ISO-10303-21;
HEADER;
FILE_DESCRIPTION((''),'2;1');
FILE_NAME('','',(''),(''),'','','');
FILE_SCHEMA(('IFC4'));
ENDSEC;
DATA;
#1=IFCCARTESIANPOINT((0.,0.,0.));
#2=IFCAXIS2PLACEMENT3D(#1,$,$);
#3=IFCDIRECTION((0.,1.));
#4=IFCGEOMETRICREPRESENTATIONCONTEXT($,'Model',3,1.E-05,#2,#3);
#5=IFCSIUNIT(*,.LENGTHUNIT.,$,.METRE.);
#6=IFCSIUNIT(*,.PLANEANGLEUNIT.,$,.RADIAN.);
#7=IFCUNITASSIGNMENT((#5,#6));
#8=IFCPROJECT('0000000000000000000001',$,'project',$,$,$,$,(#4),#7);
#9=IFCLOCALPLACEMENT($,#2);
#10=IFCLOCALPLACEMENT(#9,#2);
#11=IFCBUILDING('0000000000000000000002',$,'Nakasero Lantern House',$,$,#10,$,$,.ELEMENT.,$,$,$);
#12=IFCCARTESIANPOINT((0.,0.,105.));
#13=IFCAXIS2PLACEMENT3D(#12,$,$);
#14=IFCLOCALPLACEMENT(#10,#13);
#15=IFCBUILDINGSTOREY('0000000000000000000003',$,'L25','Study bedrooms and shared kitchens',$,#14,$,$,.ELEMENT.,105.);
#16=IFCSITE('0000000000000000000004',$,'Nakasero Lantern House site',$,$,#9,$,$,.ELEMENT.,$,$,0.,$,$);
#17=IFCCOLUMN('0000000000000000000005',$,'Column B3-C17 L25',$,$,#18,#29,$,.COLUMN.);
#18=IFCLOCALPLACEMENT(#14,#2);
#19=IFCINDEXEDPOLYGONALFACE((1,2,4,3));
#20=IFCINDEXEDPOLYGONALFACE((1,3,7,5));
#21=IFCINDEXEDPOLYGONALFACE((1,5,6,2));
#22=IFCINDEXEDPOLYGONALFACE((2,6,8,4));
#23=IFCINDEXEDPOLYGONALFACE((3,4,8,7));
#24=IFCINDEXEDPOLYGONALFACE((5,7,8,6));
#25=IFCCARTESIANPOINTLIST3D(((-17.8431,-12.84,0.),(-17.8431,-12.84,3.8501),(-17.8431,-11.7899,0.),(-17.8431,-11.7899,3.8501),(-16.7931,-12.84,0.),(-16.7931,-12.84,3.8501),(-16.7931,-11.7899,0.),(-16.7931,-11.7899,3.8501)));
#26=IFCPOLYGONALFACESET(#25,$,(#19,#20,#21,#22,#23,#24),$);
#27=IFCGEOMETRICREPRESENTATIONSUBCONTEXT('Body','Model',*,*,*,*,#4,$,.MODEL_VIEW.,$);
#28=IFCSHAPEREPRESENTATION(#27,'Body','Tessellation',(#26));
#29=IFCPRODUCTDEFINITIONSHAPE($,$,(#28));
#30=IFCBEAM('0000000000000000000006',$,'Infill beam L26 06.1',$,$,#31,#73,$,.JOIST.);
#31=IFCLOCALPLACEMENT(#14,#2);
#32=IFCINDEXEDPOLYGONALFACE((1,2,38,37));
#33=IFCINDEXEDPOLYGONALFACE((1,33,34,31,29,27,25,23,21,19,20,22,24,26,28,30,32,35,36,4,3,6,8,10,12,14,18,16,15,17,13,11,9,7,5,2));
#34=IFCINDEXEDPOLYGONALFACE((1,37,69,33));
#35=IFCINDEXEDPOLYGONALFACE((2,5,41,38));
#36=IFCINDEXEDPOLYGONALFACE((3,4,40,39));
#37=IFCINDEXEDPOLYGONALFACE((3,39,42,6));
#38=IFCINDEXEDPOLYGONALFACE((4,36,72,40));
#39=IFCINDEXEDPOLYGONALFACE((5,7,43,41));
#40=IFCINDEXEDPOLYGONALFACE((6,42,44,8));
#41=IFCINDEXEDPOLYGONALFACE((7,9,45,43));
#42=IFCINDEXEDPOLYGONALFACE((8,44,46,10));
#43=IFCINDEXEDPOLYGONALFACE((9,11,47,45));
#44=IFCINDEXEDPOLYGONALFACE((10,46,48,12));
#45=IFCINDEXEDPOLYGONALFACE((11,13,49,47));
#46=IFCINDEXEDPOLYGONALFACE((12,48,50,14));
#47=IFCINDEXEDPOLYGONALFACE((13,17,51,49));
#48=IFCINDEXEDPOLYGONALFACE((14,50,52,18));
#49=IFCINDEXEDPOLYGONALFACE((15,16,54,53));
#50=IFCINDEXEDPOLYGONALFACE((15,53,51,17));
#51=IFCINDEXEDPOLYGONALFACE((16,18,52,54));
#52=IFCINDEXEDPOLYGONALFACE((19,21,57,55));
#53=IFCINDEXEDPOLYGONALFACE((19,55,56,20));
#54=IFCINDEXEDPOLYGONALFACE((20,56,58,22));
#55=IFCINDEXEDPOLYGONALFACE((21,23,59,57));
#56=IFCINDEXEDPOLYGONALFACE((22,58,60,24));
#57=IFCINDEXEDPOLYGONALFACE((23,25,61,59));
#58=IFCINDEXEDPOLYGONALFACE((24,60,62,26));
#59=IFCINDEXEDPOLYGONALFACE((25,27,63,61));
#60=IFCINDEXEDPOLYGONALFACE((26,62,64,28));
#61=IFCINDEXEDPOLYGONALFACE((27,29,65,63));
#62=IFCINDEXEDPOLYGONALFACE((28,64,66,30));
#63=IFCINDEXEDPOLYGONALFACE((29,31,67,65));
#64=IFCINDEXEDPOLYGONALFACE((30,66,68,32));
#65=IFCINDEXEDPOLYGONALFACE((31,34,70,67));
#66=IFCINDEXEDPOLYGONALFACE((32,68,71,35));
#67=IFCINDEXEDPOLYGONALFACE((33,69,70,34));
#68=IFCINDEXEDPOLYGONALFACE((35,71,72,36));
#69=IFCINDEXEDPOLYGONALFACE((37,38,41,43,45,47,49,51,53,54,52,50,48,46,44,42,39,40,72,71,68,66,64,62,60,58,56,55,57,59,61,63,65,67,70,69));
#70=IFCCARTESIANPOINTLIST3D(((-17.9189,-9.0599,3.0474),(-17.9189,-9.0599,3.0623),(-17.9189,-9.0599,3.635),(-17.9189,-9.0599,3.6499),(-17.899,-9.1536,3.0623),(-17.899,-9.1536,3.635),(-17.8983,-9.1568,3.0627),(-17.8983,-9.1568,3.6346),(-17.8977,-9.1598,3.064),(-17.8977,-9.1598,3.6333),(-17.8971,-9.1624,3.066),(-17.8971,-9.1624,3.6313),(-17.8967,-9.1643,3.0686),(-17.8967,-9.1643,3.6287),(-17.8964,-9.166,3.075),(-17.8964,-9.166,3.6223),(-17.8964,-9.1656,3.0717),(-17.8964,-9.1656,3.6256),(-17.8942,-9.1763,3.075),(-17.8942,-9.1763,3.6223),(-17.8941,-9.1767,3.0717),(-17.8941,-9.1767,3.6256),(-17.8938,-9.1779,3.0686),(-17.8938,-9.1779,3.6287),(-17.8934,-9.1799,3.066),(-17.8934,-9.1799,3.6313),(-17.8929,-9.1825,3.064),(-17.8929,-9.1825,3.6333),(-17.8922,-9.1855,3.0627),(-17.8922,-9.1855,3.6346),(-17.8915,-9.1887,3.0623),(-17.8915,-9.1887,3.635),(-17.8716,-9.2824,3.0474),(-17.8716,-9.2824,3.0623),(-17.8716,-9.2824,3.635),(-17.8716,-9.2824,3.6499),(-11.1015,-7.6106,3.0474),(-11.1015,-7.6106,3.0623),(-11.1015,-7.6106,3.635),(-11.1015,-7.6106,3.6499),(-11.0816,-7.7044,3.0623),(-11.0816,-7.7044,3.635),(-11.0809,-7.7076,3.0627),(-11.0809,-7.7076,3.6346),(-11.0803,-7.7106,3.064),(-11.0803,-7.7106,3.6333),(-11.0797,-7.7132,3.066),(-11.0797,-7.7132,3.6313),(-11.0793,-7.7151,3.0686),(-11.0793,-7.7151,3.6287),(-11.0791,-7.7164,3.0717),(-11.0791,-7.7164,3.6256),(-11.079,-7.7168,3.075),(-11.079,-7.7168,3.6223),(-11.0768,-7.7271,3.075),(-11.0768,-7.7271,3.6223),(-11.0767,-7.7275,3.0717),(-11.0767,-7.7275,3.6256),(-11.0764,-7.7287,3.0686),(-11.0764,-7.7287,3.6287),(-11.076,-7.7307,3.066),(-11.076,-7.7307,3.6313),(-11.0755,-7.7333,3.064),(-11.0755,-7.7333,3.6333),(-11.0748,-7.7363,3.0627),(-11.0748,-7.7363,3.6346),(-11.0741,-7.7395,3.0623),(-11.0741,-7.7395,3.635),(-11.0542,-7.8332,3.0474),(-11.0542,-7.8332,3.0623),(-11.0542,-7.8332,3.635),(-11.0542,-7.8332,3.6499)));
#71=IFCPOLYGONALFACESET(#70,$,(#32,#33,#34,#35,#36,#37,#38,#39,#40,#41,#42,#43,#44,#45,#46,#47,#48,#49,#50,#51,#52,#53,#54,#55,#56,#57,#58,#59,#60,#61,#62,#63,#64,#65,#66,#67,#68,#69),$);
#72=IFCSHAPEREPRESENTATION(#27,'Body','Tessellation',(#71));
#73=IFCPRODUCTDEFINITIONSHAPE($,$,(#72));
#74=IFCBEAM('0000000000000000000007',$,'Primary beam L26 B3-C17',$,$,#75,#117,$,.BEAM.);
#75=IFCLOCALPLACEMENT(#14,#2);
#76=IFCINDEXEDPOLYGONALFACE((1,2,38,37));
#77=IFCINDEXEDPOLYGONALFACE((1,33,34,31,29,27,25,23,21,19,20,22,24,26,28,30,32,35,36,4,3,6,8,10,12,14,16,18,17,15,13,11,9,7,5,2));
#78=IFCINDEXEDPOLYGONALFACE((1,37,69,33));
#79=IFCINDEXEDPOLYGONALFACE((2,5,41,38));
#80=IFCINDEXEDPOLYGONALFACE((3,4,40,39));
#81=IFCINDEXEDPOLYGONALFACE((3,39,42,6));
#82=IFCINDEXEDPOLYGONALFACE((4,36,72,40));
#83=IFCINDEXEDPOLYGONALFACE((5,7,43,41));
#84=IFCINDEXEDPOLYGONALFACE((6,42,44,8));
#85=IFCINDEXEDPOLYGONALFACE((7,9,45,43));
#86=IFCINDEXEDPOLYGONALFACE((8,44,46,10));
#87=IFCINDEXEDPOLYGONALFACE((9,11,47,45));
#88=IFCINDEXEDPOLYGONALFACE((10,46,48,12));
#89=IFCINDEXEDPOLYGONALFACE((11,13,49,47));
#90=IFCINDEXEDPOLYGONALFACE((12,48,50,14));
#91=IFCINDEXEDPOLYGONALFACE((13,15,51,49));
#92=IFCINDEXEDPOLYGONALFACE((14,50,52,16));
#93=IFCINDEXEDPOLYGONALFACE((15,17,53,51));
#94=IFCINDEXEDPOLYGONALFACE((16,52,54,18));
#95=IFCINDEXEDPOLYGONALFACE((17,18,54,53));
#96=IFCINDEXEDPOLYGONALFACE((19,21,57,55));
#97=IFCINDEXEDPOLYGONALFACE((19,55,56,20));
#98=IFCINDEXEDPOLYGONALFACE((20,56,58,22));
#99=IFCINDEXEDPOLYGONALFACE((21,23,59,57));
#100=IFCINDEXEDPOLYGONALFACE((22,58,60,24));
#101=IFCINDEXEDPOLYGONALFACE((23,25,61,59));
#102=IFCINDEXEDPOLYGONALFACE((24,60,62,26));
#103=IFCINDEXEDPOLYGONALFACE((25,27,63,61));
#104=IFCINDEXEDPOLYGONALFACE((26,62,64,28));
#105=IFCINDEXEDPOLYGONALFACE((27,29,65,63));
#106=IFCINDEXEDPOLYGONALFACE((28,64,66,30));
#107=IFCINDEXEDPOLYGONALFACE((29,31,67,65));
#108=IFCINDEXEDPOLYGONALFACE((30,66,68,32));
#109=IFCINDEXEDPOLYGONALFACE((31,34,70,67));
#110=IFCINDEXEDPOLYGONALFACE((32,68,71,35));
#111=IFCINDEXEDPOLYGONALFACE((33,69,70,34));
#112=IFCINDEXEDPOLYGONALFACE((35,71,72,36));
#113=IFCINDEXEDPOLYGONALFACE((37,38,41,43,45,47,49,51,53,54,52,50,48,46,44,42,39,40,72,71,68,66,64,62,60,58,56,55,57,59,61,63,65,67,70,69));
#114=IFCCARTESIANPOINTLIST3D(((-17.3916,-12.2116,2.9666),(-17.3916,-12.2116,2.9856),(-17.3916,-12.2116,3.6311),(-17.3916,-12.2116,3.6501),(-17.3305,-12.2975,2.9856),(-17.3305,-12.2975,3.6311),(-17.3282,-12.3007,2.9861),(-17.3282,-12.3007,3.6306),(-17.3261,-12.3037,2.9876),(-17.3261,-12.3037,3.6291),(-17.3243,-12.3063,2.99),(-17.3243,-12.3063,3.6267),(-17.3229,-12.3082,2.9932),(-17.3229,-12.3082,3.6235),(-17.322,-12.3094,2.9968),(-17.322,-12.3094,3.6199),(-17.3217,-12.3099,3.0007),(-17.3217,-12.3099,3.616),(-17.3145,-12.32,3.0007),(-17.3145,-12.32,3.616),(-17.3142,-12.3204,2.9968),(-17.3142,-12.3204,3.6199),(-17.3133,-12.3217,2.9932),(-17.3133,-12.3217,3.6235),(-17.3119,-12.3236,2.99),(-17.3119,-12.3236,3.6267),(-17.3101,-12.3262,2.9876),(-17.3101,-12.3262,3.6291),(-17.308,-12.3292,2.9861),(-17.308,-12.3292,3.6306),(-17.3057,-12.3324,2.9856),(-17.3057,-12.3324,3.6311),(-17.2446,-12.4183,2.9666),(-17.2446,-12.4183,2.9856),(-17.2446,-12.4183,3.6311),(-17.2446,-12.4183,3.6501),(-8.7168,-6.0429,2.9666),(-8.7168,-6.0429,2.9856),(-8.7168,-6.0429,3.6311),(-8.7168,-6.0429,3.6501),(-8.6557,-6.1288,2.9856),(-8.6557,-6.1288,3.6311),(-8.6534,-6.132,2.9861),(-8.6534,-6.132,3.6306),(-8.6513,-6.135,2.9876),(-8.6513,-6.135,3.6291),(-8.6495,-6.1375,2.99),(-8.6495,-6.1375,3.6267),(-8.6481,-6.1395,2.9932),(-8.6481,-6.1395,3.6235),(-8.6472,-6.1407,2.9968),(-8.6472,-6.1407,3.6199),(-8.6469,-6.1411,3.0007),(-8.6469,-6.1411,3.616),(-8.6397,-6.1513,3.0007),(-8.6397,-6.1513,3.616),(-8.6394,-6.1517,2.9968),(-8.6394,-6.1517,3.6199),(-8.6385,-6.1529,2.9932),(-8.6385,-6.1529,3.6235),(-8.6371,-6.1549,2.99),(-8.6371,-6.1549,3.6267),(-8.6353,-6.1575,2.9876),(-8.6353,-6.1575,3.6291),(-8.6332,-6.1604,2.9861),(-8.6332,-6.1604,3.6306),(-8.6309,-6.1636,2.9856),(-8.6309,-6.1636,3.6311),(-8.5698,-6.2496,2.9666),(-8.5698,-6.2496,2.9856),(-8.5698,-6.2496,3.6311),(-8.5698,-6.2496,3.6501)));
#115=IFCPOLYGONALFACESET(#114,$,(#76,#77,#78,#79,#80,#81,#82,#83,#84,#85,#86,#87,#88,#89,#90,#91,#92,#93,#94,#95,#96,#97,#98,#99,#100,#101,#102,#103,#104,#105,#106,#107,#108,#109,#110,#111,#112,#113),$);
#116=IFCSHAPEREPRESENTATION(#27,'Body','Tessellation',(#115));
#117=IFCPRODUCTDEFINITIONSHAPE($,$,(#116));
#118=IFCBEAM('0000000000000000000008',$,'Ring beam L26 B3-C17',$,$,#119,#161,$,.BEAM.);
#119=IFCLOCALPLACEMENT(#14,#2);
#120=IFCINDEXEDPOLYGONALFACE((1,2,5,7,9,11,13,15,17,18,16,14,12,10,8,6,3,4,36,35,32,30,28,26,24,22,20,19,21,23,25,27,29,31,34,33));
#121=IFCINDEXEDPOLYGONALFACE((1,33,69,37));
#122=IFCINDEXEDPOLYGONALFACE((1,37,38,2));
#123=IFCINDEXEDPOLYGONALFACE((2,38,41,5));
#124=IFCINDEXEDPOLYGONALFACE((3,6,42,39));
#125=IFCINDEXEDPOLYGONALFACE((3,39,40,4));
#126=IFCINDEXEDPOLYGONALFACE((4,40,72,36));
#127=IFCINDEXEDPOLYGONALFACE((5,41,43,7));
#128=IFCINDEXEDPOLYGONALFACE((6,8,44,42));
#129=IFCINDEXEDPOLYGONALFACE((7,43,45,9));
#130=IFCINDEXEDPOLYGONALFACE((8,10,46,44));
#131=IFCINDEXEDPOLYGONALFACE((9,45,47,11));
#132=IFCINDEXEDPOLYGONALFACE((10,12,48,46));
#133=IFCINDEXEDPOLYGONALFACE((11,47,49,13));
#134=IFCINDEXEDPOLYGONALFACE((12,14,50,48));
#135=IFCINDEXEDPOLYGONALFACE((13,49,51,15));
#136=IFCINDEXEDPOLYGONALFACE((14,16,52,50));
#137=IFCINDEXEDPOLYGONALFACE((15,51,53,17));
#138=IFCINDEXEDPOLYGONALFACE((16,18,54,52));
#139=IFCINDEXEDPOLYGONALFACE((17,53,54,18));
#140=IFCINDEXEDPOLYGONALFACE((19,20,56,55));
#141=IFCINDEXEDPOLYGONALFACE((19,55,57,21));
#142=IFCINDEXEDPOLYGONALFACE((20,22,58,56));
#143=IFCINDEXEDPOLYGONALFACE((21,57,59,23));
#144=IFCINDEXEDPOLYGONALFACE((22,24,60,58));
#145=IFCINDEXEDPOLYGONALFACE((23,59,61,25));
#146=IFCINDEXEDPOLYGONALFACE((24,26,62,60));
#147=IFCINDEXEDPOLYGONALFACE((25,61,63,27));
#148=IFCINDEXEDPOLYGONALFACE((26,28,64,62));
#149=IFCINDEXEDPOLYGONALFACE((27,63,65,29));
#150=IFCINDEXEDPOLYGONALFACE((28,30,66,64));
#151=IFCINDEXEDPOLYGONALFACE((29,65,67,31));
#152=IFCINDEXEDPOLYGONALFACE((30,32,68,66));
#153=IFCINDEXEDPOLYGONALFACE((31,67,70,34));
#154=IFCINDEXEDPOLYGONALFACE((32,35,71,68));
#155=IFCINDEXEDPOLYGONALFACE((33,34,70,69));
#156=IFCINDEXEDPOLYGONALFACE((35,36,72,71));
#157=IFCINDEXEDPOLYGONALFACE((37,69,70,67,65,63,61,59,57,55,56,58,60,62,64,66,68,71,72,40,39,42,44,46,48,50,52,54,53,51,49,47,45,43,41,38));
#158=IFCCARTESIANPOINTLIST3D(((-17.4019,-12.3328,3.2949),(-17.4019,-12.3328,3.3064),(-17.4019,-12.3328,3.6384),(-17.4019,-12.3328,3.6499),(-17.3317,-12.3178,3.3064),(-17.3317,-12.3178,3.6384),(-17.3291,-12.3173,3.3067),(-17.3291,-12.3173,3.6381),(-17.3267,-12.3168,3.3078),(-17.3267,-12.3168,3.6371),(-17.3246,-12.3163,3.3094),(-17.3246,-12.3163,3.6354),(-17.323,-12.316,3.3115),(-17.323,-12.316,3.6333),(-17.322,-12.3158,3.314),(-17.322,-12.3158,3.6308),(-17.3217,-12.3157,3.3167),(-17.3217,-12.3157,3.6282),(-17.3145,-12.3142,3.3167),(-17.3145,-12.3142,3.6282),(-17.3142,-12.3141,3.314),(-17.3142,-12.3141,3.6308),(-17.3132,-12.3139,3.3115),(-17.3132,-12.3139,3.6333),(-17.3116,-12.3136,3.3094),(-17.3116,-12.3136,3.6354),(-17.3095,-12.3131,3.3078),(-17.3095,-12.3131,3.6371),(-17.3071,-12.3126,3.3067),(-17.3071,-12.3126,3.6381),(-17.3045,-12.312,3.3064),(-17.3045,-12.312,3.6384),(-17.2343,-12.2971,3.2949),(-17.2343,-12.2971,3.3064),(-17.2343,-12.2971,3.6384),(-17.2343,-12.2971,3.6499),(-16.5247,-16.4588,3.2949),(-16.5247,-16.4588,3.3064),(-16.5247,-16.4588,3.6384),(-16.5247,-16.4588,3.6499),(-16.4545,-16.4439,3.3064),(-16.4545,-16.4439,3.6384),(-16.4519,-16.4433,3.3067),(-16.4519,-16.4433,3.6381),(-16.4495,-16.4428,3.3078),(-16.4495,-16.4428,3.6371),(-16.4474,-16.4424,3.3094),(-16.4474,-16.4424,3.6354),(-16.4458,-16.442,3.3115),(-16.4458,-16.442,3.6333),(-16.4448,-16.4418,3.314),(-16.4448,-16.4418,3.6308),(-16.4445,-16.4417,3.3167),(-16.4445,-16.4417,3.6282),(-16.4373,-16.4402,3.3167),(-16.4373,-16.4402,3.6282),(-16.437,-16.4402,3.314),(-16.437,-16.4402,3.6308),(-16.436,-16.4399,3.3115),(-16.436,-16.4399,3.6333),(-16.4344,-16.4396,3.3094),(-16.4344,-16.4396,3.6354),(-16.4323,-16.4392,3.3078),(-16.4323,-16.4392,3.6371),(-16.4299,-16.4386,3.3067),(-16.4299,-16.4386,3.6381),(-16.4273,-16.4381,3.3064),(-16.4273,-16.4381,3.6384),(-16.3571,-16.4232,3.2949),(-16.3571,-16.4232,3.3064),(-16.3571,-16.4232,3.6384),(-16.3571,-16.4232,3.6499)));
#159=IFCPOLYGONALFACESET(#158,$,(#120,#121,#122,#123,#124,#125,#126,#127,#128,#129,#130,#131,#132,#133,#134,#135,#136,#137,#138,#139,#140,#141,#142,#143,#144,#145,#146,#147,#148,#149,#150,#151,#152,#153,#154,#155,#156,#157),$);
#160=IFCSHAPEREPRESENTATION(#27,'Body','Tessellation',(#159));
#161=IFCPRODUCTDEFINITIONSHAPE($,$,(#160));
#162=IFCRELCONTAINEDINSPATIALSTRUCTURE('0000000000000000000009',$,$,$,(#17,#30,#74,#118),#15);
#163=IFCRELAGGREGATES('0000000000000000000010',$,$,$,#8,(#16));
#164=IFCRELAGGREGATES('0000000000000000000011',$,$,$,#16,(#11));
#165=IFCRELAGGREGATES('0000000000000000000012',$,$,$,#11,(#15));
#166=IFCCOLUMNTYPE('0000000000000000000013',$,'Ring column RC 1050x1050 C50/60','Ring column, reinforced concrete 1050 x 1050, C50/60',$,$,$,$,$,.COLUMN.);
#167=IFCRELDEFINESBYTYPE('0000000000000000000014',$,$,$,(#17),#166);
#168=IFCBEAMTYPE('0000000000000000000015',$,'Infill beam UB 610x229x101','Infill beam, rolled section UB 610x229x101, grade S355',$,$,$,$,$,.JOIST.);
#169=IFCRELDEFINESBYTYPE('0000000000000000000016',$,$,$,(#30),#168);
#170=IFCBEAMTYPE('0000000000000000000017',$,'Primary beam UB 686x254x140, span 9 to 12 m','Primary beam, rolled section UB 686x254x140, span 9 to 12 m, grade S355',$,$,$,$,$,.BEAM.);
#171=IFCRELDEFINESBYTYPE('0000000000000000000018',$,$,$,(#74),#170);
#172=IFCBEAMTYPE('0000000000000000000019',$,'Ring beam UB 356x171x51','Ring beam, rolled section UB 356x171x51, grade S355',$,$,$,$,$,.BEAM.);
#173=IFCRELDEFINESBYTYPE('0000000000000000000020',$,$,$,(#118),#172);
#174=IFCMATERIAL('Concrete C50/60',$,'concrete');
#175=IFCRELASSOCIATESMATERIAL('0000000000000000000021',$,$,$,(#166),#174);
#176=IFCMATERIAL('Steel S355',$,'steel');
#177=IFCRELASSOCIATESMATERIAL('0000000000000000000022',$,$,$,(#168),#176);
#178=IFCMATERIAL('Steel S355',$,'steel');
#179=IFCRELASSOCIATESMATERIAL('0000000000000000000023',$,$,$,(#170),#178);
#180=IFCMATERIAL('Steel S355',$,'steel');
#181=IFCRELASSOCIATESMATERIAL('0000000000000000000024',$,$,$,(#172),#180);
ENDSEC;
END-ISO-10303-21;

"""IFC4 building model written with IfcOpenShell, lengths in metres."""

from ifc_helpers import new_model, si_unit, direction, frame, origin, origin_2d, place, context, subcontext, project, spatial, rectangle, i_section, extrude, material, material_profile, profile_set, type_object, element, save


model = new_model("IFC4")

# Units and contexts
model_context = context("Model", 3, precision=1e-05, world=origin(), true_north=direction((0.0, 1.0)))
body_context = subcontext(model_context, "Body", "Model", "MODEL_VIEW")
ifc_project = project(units=[si_unit("LENGTHUNIT", "METRE"), si_unit("PLANEANGLEUNIT", "RADIAN")], contexts=[model_context])

# Site, building, storey
site_placement = place(None, origin())
site = spatial("IfcSite", under=ifc_project, at=site_placement, Name="Nakasero Lantern House site", CompositionType="ELEMENT", RefElevation=0.0)
building_placement = place(site_placement, origin())
building = spatial("IfcBuilding", under=site, at=building_placement, Name="Nakasero Lantern House", CompositionType="ELEMENT")
storey_placement = place(building_placement, frame((0.0, 0.0, 105.0)))
storey = spatial("IfcBuildingStorey", under=building, at=storey_placement, Name="L25", Description="Study bedrooms and shared kitchens", CompositionType="ELEMENT", Elevation=105.0)

# Column
ifc_material_1 = material(Name="Concrete C50/60", Category="concrete")
ifc_material_profile_1 = material_profile(ifc_material_1, rectangle(XDim=1.05, YDim=1.05, at=origin_2d()), Name="RC 1050x1050")
ifc_profile_set_1 = profile_set([ifc_material_profile_1], Name="Concrete C50/60")
column_type = type_object("IfcColumnType", Name="Ring column RC 1050x1050 C50/60", Description="Ring column, reinforced concrete 1050 x 1050, C50/60", PredefinedType="COLUMN", material=ifc_profile_set_1)
column_placement = place(storey_placement, frame((-17.3181, -12.3149, 0.0), z_axis=(0.0, 0.0, 1.0), x_axis=(1.0, 0.0, 0.0)))
element("IfcColumn", 1, at=column_placement, inside=storey, type_object=column_type, Name="Column B3-C17 L25", PredefinedType="COLUMN", context=body_context, shape_type="SweptSolid", body=[
    extrude(rectangle(XDim=1.05, YDim=1.05, at=origin_2d()), origin(), (0.0, 0.0, 1.0), 3.8501),
])

# Beams
ifc_material_2 = material(Name="Steel S355", Category="steel")
ifc_material_profile_2 = material_profile(ifc_material_2, i_section(OverallWidth=0.2275, OverallDepth=0.6025, WebThickness=0.0105, FlangeThickness=0.0149, FilletRadius=0.0127, at=origin_2d()), Name="UB 610x229x101")
ifc_profile_set_2 = profile_set([ifc_material_profile_2], Name="Steel S355")
beam_type_1 = type_object("IfcBeamType", Name="Infill beam UB 610x229x101", Description="Infill beam, rolled section UB 610x229x101, grade S355", PredefinedType="JOIST", material=ifc_profile_set_2)
beam_1_placement = place(storey_placement, frame((-17.8953, -9.1711, 3.3486), z_axis=(0.978144, 0.207931, 0.0), x_axis=(-0.207931, 0.978144, 0.0)))
element("IfcBeam", 2, at=beam_1_placement, inside=storey, type_object=beam_type_1, Name="Infill beam L26 06.1", PredefinedType="JOIST", context=body_context, shape_type="SweptSolid", body=[
    extrude(i_section(OverallWidth=0.2275, OverallDepth=0.6025, WebThickness=0.0105, FlangeThickness=0.0149, FilletRadius=0.0127, at=origin_2d()), origin(), (0.0, 0.0, 1.0), 6.9697),
])
ifc_material_3 = material(Name="Steel S355", Category="steel")
ifc_material_profile_3 = material_profile(ifc_material_3, i_section(OverallWidth=0.2537, OverallDepth=0.6836, WebThickness=0.0125, FlangeThickness=0.019, FilletRadius=0.0151, at=origin_2d()), Name="UB 686x254x140")
ifc_profile_set_3 = profile_set([ifc_material_profile_3], Name="Steel S355")
beam_type_2 = type_object("IfcBeamType", Name="Primary beam UB 686x254x140, span 9 to 12 m", Description="Primary beam, rolled section UB 686x254x140, span 9 to 12 m, grade S355", PredefinedType="BEAM", material=ifc_profile_set_3)
beam_2_placement = place(storey_placement, frame((-17.3181, -12.3149, 3.3083), z_axis=(0.814957, 0.579521, 0.0), x_axis=(-0.579521, 0.814957, 0.0)))
element("IfcBeam", 3, at=beam_2_placement, inside=storey, type_object=beam_type_2, Name="Primary beam L26 B3-C17", PredefinedType="BEAM", context=body_context, shape_type="SweptSolid", body=[
    extrude(i_section(OverallWidth=0.2537, OverallDepth=0.6836, WebThickness=0.0125, FlangeThickness=0.019, FilletRadius=0.0151, at=origin_2d()), origin(), (0.0, 0.0, 1.0), 10.6445),
])
ifc_material_4 = material(Name="Steel S355", Category="steel")
ifc_material_profile_4 = material_profile(ifc_material_4, i_section(OverallWidth=0.1714, OverallDepth=0.355, WebThickness=0.0073, FlangeThickness=0.0115, FilletRadius=0.0103, at=origin_2d()), Name="UB 356x171x51")
ifc_profile_set_4 = profile_set([ifc_material_profile_4], Name="Steel S355")
beam_type_3 = type_object("IfcBeamType", Name="Ring beam UB 356x171x51", Description="Ring beam, rolled section UB 356x171x51, grade S355", PredefinedType="BEAM", material=ifc_profile_set_4)
beam_3_placement = place(storey_placement, frame((-17.3181, -12.3149, 3.4724), z_axis=(0.207956, -0.978138, 0.0), x_axis=(0.978138, 0.207956, 0.0)))
element("IfcBeam", 4, at=beam_3_placement, inside=storey, type_object=beam_type_3, Name="Ring beam L26 B3-C17", PredefinedType="BEAM", context=body_context, shape_type="SweptSolid", body=[
    extrude(i_section(OverallWidth=0.1714, OverallDepth=0.355, WebThickness=0.0073, FlangeThickness=0.0115, FilletRadius=0.0103, at=origin_2d()), origin(), (0.0, 0.0, 1.0), 4.2183),
])

save(model, "model.ifc")
